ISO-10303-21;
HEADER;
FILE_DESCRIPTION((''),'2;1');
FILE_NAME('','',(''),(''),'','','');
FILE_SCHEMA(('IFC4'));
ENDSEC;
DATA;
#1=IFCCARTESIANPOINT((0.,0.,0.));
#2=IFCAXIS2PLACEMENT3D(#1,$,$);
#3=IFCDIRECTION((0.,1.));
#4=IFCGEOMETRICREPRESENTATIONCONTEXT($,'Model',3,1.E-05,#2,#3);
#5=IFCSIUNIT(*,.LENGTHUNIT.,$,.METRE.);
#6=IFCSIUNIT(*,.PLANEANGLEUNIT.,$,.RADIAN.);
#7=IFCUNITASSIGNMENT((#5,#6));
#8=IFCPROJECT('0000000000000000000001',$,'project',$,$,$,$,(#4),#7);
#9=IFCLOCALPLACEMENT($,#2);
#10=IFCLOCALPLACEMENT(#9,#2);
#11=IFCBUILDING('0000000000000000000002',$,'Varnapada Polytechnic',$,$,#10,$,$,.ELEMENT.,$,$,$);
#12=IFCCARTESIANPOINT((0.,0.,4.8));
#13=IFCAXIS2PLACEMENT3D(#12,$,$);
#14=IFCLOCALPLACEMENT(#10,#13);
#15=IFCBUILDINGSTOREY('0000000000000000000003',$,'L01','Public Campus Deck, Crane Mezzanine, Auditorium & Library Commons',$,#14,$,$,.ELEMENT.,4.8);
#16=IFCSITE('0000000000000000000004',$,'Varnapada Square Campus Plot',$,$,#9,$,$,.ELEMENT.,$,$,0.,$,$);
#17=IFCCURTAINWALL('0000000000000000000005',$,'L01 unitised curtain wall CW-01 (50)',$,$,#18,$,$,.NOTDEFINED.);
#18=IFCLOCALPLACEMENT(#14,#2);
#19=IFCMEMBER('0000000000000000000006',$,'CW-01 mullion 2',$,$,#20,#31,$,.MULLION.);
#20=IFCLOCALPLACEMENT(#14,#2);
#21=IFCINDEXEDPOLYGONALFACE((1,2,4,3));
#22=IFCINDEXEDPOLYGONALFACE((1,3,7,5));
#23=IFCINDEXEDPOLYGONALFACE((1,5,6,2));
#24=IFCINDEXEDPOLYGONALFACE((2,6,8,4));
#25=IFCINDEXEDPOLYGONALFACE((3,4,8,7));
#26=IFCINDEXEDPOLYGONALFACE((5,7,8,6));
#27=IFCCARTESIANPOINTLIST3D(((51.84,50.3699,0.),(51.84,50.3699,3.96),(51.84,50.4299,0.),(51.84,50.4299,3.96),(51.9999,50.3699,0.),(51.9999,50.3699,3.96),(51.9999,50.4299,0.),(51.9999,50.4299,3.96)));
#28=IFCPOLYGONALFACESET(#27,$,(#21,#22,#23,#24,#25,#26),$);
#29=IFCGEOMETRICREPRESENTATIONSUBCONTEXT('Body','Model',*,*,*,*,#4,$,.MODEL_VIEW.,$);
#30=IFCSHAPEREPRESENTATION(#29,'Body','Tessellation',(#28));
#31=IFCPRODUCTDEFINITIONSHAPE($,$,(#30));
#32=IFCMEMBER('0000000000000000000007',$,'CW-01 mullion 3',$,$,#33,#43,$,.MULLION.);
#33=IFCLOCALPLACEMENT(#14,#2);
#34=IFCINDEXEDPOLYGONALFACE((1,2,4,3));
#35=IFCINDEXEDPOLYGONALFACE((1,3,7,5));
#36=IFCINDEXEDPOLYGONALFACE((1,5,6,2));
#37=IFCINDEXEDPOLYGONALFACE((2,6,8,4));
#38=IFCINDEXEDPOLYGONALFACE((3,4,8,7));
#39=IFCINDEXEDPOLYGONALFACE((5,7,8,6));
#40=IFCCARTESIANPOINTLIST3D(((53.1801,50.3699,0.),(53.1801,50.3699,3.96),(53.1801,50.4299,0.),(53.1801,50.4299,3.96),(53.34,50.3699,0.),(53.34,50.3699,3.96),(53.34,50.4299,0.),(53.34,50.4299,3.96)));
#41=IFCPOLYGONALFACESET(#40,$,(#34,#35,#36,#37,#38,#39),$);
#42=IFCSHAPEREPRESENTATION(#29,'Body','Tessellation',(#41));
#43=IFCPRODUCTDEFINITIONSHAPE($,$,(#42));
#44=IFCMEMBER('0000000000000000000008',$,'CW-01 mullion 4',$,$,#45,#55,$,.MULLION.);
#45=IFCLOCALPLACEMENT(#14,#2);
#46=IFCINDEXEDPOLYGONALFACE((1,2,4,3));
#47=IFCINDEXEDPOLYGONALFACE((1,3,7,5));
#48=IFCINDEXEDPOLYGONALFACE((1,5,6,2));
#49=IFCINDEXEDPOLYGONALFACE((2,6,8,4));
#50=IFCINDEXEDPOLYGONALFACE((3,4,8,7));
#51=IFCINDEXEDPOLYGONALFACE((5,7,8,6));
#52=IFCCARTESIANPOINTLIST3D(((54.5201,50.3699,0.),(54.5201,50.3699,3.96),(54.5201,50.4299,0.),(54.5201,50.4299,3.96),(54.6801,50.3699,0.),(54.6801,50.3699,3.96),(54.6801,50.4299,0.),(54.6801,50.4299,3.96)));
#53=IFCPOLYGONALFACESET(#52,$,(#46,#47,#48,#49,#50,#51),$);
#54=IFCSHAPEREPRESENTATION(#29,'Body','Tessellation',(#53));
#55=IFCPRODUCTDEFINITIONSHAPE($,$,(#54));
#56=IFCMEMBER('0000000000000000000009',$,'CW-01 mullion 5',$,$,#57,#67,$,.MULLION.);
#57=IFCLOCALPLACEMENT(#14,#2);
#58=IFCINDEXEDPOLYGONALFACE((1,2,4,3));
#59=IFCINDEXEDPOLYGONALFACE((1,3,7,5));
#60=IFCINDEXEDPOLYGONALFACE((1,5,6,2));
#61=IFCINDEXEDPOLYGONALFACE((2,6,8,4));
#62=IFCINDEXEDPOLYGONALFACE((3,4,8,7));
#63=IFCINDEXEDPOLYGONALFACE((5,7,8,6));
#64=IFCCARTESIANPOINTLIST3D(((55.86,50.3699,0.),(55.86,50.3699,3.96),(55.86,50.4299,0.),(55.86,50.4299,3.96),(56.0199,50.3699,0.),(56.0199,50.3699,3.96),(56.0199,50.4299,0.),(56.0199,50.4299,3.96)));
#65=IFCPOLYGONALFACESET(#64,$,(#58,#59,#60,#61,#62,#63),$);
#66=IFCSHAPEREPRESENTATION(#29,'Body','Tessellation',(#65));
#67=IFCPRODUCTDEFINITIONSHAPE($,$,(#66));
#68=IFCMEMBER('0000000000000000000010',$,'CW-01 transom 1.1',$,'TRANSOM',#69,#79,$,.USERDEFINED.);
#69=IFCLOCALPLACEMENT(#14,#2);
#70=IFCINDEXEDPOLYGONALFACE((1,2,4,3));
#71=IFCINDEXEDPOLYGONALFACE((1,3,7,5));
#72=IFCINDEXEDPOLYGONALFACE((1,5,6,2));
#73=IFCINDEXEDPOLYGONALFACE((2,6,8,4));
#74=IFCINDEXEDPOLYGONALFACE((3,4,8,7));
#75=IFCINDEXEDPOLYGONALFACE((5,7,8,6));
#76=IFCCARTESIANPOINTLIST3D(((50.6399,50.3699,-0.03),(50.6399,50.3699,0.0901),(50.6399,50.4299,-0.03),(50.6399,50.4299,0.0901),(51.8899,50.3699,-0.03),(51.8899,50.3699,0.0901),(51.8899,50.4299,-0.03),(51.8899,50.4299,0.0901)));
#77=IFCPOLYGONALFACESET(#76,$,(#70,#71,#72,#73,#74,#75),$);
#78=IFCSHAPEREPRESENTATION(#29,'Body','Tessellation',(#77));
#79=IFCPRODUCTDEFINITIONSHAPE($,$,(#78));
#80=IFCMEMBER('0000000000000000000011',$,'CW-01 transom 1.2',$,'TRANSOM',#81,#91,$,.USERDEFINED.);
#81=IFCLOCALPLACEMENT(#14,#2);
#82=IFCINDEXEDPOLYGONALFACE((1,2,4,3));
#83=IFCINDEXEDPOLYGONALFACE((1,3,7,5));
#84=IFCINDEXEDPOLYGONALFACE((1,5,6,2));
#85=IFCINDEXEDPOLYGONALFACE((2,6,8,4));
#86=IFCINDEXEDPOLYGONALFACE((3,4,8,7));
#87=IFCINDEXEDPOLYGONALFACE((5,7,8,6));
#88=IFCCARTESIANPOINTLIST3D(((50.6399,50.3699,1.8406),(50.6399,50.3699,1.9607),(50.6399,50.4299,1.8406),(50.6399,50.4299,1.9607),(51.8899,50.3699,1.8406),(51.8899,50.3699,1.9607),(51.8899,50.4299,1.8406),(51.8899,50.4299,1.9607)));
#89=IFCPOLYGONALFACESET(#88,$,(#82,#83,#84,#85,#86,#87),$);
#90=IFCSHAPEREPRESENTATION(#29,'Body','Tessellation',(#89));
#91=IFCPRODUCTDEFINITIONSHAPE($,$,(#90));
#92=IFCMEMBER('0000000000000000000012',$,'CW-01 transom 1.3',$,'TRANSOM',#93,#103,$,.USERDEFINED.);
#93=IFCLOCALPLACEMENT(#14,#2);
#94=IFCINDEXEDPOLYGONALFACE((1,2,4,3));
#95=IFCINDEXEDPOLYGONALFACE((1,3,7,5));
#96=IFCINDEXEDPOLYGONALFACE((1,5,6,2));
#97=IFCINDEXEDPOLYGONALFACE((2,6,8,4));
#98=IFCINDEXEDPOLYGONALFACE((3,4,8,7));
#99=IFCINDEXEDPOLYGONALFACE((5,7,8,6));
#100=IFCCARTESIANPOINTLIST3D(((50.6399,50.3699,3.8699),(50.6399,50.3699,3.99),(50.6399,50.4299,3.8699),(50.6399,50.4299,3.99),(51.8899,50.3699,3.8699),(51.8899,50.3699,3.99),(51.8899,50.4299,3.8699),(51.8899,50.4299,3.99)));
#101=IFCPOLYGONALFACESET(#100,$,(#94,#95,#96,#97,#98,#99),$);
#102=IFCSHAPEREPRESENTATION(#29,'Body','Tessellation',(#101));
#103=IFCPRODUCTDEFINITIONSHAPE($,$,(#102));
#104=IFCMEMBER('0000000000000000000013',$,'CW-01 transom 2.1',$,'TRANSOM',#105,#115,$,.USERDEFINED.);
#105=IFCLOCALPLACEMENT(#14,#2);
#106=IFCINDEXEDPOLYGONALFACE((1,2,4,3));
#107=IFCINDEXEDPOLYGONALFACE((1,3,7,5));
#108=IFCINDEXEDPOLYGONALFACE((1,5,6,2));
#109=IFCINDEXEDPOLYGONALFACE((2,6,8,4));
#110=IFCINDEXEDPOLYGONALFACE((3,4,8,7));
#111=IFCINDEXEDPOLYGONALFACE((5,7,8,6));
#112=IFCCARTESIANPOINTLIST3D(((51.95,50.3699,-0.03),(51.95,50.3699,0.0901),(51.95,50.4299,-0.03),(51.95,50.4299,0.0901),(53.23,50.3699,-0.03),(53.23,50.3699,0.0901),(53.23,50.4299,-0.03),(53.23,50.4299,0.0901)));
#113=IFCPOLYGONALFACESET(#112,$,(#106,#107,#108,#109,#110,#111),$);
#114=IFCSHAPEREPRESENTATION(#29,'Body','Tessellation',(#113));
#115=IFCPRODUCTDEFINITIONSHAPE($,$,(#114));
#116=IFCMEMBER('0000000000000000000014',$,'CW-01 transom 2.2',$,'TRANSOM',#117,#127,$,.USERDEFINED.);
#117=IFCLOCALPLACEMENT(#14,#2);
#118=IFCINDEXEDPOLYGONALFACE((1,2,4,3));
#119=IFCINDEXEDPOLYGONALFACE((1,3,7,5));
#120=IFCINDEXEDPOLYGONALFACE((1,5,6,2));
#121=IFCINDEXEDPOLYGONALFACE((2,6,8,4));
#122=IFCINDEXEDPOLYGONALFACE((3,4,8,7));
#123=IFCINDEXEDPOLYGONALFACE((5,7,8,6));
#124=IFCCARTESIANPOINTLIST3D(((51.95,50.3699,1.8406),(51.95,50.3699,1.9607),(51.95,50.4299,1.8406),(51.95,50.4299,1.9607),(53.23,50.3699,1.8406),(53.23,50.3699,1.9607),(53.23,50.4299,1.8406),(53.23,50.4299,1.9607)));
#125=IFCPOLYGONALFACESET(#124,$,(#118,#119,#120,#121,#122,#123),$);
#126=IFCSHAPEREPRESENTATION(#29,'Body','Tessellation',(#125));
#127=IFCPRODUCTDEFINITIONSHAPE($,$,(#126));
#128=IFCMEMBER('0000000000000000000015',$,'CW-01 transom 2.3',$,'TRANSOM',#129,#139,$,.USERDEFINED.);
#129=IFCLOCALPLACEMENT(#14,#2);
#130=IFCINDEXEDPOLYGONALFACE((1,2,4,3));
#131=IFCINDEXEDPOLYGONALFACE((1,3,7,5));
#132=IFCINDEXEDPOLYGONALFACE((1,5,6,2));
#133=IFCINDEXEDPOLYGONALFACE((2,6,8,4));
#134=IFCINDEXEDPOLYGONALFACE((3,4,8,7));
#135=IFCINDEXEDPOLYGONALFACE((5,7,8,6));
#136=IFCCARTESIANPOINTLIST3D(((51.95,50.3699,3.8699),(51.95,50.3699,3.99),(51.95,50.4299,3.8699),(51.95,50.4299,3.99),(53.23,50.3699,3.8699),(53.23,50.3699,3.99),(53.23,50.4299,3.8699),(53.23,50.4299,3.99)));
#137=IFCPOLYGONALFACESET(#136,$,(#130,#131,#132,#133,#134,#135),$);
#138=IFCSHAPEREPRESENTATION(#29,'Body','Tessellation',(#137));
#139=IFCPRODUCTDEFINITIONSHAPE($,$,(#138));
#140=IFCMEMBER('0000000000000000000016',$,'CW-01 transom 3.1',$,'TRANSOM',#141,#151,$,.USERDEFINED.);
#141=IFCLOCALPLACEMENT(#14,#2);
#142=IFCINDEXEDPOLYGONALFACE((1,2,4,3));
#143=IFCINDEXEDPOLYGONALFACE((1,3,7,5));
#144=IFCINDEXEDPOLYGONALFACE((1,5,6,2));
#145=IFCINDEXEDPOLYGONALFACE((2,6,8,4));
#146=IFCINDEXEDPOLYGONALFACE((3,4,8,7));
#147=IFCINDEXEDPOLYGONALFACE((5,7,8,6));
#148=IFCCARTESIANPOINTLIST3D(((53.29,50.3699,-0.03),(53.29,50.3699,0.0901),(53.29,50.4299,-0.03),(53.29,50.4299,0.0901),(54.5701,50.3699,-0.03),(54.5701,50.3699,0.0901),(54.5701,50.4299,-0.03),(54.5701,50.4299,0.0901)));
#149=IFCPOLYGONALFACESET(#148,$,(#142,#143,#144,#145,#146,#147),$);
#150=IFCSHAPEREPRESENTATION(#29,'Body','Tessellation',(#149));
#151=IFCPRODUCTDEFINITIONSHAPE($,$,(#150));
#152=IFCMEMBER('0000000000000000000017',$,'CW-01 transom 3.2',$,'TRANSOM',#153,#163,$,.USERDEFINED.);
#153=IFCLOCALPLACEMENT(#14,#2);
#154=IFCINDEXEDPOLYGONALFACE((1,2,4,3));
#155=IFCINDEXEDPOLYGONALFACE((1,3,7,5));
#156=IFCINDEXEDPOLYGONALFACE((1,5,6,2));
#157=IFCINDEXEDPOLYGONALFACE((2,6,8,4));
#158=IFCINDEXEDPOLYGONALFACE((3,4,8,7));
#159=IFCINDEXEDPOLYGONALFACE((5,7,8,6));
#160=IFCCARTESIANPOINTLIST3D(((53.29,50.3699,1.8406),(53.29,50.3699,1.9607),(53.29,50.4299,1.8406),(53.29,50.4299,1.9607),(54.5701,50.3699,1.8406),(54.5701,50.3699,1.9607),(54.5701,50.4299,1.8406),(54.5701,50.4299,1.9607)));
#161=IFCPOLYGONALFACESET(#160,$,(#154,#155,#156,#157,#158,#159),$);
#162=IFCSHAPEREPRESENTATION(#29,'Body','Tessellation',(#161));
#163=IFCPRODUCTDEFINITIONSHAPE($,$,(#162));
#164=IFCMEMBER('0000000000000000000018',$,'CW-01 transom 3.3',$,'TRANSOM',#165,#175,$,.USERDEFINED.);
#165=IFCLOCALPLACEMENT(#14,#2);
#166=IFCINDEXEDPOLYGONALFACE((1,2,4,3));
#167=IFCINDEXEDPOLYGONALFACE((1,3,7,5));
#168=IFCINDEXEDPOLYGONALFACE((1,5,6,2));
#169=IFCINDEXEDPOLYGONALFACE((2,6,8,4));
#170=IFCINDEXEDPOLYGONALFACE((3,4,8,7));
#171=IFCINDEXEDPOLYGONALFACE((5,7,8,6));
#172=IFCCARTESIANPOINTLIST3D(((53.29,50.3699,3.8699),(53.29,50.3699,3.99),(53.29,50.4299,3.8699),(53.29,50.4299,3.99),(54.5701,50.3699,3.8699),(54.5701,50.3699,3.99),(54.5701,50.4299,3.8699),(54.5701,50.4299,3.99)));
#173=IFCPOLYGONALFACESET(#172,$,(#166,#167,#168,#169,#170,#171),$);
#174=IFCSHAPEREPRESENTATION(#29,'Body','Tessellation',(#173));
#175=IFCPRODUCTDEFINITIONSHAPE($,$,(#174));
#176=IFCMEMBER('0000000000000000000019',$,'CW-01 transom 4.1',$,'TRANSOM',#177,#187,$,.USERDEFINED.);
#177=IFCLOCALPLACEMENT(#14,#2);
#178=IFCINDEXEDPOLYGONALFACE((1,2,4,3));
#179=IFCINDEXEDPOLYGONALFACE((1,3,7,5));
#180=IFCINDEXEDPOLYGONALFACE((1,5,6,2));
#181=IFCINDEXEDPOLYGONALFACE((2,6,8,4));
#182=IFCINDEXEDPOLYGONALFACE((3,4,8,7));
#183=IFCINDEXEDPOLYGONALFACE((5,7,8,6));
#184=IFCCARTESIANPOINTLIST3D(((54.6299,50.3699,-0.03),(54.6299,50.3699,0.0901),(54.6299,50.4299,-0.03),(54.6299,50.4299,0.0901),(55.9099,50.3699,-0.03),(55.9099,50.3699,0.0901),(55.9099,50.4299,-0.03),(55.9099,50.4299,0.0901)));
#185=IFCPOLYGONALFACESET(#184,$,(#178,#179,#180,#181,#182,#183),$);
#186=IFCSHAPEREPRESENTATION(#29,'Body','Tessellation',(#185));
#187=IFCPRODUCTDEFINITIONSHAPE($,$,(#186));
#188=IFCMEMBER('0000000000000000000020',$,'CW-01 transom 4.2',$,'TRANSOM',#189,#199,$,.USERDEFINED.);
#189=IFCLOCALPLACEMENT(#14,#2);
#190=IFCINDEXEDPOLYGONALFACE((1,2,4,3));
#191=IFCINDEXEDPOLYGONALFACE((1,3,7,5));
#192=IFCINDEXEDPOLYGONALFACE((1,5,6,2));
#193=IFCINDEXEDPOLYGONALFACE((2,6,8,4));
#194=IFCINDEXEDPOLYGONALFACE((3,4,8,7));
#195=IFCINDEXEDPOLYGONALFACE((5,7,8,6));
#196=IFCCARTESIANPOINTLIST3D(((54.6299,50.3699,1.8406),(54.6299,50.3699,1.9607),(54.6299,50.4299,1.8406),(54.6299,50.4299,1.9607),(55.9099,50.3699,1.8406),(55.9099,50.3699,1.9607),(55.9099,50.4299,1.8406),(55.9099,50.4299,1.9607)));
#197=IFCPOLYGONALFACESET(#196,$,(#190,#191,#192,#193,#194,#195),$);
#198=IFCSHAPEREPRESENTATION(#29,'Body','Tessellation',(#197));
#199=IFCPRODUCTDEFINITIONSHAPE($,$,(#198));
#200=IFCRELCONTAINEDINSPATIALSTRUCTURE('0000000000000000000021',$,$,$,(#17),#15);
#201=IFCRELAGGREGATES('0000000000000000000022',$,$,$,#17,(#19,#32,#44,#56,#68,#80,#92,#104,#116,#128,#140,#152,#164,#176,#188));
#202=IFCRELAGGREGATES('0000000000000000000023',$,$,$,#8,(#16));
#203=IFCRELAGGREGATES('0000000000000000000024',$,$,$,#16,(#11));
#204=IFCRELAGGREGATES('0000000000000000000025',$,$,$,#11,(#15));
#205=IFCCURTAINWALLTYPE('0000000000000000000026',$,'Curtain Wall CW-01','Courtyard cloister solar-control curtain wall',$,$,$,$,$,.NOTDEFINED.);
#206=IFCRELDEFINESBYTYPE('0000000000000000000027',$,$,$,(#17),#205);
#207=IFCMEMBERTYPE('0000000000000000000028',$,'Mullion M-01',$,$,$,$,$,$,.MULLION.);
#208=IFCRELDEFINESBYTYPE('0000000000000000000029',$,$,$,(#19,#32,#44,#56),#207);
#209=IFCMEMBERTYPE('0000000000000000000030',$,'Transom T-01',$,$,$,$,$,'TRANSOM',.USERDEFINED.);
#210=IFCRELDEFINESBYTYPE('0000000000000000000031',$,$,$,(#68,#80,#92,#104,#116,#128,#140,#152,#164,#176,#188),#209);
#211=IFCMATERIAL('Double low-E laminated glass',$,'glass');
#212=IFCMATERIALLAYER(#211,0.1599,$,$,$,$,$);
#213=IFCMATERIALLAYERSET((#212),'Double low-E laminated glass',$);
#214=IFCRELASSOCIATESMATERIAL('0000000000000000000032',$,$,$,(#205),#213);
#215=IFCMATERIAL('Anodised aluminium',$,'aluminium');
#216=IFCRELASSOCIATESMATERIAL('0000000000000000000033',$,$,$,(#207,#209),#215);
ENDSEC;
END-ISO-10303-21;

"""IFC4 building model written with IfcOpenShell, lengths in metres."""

from ifc_helpers import new_model, si_unit, direction, frame, origin, origin_2d, place, context, subcontext, project, spatial, rectangle, extrude, material, layer, layer_set, material_profile, profile_set, type_object, element, aggregate, save


model = new_model("IFC4")

# Units and contexts
model_context = context("Model", 3, precision=1e-05, world=origin(), true_north=direction((0.0, 1.0)))
body_context = subcontext(model_context, "Body", "Model", "MODEL_VIEW")
ifc_project = project(units=[si_unit("LENGTHUNIT", "METRE"), si_unit("PLANEANGLEUNIT", "RADIAN")], contexts=[model_context])

# Site, building, storey
site_placement = place(None, origin())
site = spatial("IfcSite", under=ifc_project, at=site_placement, Name="Varnapada Square Campus Plot", CompositionType="ELEMENT", RefElevation=0.0)
building_placement = place(site_placement, origin())
building = spatial("IfcBuilding", under=site, at=building_placement, Name="Varnapada Polytechnic", CompositionType="ELEMENT")
storey_placement = place(building_placement, frame((0.0, 0.0, 4.8)))
storey = spatial("IfcBuildingStorey", under=building, at=storey_placement, Name="L01", Description="Public Campus Deck, Crane Mezzanine, Auditorium & Library Commons", CompositionType="ELEMENT", Elevation=4.8)

# Curtain wall, members
ifc_material_1 = material(Name="Double low-E laminated glass", Category="glass")
ifc_layer_1 = layer(ifc_material_1, 0.1599)
ifc_layer_set_1 = layer_set([ifc_layer_1], Name="Double low-E laminated glass")
curtain_wall_type = type_object("IfcCurtainWallType", Name="Curtain Wall CW-01", Description="Courtyard cloister solar-control curtain wall", PredefinedType="NOTDEFINED", material=ifc_layer_set_1)
curtain_wall_placement = place(storey_placement, origin())
curtain_wall = element("IfcCurtainWall", 1, at=curtain_wall_placement, inside=storey, type_object=curtain_wall_type, Name="L01 unitised curtain wall CW-01 (50)", PredefinedType="NOTDEFINED")
ifc_material_2 = material(Name="Anodised aluminium", Category="aluminium")
ifc_material_profile_1 = material_profile(ifc_material_2, rectangle(XDim=0.0601, YDim=0.1599, at=origin_2d()), Name="ALU M60x160")
ifc_profile_set_1 = profile_set([ifc_material_profile_1], Name="Anodised aluminium")
member_type_1 = type_object("IfcMemberType", Name="Mullion M-01", PredefinedType="MULLION", material=ifc_profile_set_1)
member_1_placement = place(storey_placement, frame((51.9199, 50.3999, 0.0), z_axis=(0.0, 0.0, 1.0), x_axis=(0.0, 1.0, 0.0)))
member_1 = element("IfcMember", 2, at=member_1_placement, type_object=member_type_1, Name="CW-01 mullion 2", PredefinedType="MULLION", context=body_context, shape_type="SweptSolid", body=[
    extrude(rectangle(XDim=0.0601, YDim=0.1599, at=origin_2d()), origin(), (0.0, 0.0, 1.0), 3.96),
])
member_2_placement = place(storey_placement, frame((53.26, 50.3999, 0.0), z_axis=(0.0, 0.0, 1.0), x_axis=(0.0, 1.0, 0.0)))
member_2 = element("IfcMember", 3, at=member_2_placement, type_object=member_type_1, Name="CW-01 mullion 3", PredefinedType="MULLION", context=body_context, shape_type="SweptSolid", body=[
    extrude(rectangle(XDim=0.0601, YDim=0.1599, at=origin_2d()), origin(), (0.0, 0.0, 1.0), 3.96),
])
member_3_placement = place(storey_placement, frame((54.6001, 50.3999, 0.0), z_axis=(0.0, 0.0, 1.0), x_axis=(0.0, 1.0, 0.0)))
member_3 = element("IfcMember", 4, at=member_3_placement, type_object=member_type_1, Name="CW-01 mullion 4", PredefinedType="MULLION", context=body_context, shape_type="SweptSolid", body=[
    extrude(rectangle(XDim=0.0601, YDim=0.1599, at=origin_2d()), origin(), (0.0, 0.0, 1.0), 3.96),
])
member_4_placement = place(storey_placement, frame((55.9399, 50.3999, 0.0), z_axis=(0.0, 0.0, 1.0), x_axis=(0.0, 1.0, 0.0)))
member_4 = element("IfcMember", 5, at=member_4_placement, type_object=member_type_1, Name="CW-01 mullion 5", PredefinedType="MULLION", context=body_context, shape_type="SweptSolid", body=[
    extrude(rectangle(XDim=0.0601, YDim=0.1599, at=origin_2d()), origin(), (0.0, 0.0, 1.0), 3.96),
])
ifc_material_profile_2 = material_profile(ifc_material_2, rectangle(XDim=0.0601, YDim=0.1201, at=origin_2d()), Name="ALU T60x120")
ifc_profile_set_2 = profile_set([ifc_material_profile_2], Name="Anodised aluminium")
member_type_2 = type_object("IfcMemberType", Name="Transom T-01", ElementType="TRANSOM", PredefinedType="USERDEFINED", material=ifc_profile_set_2)
member_5_placement = place(storey_placement, frame((50.6399, 50.3999, 0.03), z_axis=(1.0, 0.0, 0.0), x_axis=(0.0, 1.0, 0.0)))
member_5 = element("IfcMember", 6, at=member_5_placement, type_object=member_type_2, Name="CW-01 transom 1.1", ObjectType="TRANSOM", PredefinedType="USERDEFINED", context=body_context, shape_type="SweptSolid", body=[
    extrude(rectangle(XDim=0.0601, YDim=0.1201, at=origin_2d()), origin(), (0.0, 0.0, 1.0), 1.25),
])
member_6_placement = place(storey_placement, frame((50.6399, 50.3999, 1.9006), z_axis=(1.0, 0.0, 0.0), x_axis=(0.0, 1.0, 0.0)))
member_6 = element("IfcMember", 7, at=member_6_placement, type_object=member_type_2, Name="CW-01 transom 1.2", ObjectType="TRANSOM", PredefinedType="USERDEFINED", context=body_context, shape_type="SweptSolid", body=[
    extrude(rectangle(XDim=0.0601, YDim=0.1201, at=origin_2d()), origin(), (0.0, 0.0, 1.0), 1.25),
])
member_7_placement = place(storey_placement, frame((50.6399, 50.3999, 3.9299), z_axis=(1.0, 0.0, 0.0), x_axis=(0.0, 1.0, 0.0)))
member_7 = element("IfcMember", 8, at=member_7_placement, type_object=member_type_2, Name="CW-01 transom 1.3", ObjectType="TRANSOM", PredefinedType="USERDEFINED", context=body_context, shape_type="SweptSolid", body=[
    extrude(rectangle(XDim=0.0601, YDim=0.1201, at=origin_2d()), origin(), (0.0, 0.0, 1.0), 1.25),
])
member_8_placement = place(storey_placement, frame((51.95, 50.3999, 0.03), z_axis=(1.0, 0.0, 0.0), x_axis=(0.0, 1.0, 0.0)))
member_8 = element("IfcMember", 9, at=member_8_placement, type_object=member_type_2, Name="CW-01 transom 2.1", ObjectType="TRANSOM", PredefinedType="USERDEFINED", context=body_context, shape_type="SweptSolid", body=[
    extrude(rectangle(XDim=0.0601, YDim=0.1201, at=origin_2d()), origin(), (0.0, 0.0, 1.0), 1.28),
])
member_9_placement = place(storey_placement, frame((51.95, 50.3999, 1.9006), z_axis=(1.0, 0.0, 0.0), x_axis=(0.0, 1.0, 0.0)))
member_9 = element("IfcMember", 10, at=member_9_placement, type_object=member_type_2, Name="CW-01 transom 2.2", ObjectType="TRANSOM", PredefinedType="USERDEFINED", context=body_context, shape_type="SweptSolid", body=[
    extrude(rectangle(XDim=0.0601, YDim=0.1201, at=origin_2d()), origin(), (0.0, 0.0, 1.0), 1.28),
])
member_10_placement = place(storey_placement, frame((51.95, 50.3999, 3.9299), z_axis=(1.0, 0.0, 0.0), x_axis=(0.0, 1.0, 0.0)))
member_10 = element("IfcMember", 11, at=member_10_placement, type_object=member_type_2, Name="CW-01 transom 2.3", ObjectType="TRANSOM", PredefinedType="USERDEFINED", context=body_context, shape_type="SweptSolid", body=[
    extrude(rectangle(XDim=0.0601, YDim=0.1201, at=origin_2d()), origin(), (0.0, 0.0, 1.0), 1.28),
])
member_11_placement = place(storey_placement, frame((53.29, 50.3999, 0.03), z_axis=(1.0, 0.0, 0.0), x_axis=(0.0, 1.0, 0.0)))
member_11 = element("IfcMember", 12, at=member_11_placement, type_object=member_type_2, Name="CW-01 transom 3.1", ObjectType="TRANSOM", PredefinedType="USERDEFINED", context=body_context, shape_type="SweptSolid", body=[
    extrude(rectangle(XDim=0.0601, YDim=0.1201, at=origin_2d()), origin(), (0.0, 0.0, 1.0), 1.28),
])
member_12_placement = place(storey_placement, frame((53.29, 50.3999, 1.9006), z_axis=(1.0, 0.0, 0.0), x_axis=(0.0, 1.0, 0.0)))
member_12 = element("IfcMember", 13, at=member_12_placement, type_object=member_type_2, Name="CW-01 transom 3.2", ObjectType="TRANSOM", PredefinedType="USERDEFINED", context=body_context, shape_type="SweptSolid", body=[
    extrude(rectangle(XDim=0.0601, YDim=0.1201, at=origin_2d()), origin(), (0.0, 0.0, 1.0), 1.28),
])
member_13_placement = place(storey_placement, frame((53.29, 50.3999, 3.9299), z_axis=(1.0, 0.0, 0.0), x_axis=(0.0, 1.0, 0.0)))
member_13 = element("IfcMember", 14, at=member_13_placement, type_object=member_type_2, Name="CW-01 transom 3.3", ObjectType="TRANSOM", PredefinedType="USERDEFINED", context=body_context, shape_type="SweptSolid", body=[
    extrude(rectangle(XDim=0.0601, YDim=0.1201, at=origin_2d()), origin(), (0.0, 0.0, 1.0), 1.28),
])
member_14_placement = place(storey_placement, frame((54.6299, 50.3999, 0.03), z_axis=(1.0, 0.0, 0.0), x_axis=(0.0, 1.0, 0.0)))
member_14 = element("IfcMember", 15, at=member_14_placement, type_object=member_type_2, Name="CW-01 transom 4.1", ObjectType="TRANSOM", PredefinedType="USERDEFINED", context=body_context, shape_type="SweptSolid", body=[
    extrude(rectangle(XDim=0.0601, YDim=0.1201, at=origin_2d()), origin(), (0.0, 0.0, 1.0), 1.28),
])
member_15_placement = place(storey_placement, frame((54.6299, 50.3999, 1.9006), z_axis=(1.0, 0.0, 0.0), x_axis=(0.0, 1.0, 0.0)))
member_15 = element("IfcMember", 16, at=member_15_placement, type_object=member_type_2, Name="CW-01 transom 4.2", ObjectType="TRANSOM", PredefinedType="USERDEFINED", context=body_context, shape_type="SweptSolid", body=[
    extrude(rectangle(XDim=0.0601, YDim=0.1201, at=origin_2d()), origin(), (0.0, 0.0, 1.0), 1.28),
])
aggregate(curtain_wall, [member_1, member_2, member_3, member_4, member_5, member_6, member_7, member_8, member_9, member_10, member_11, member_12, member_13, member_14, member_15])

save(model, "model.ifc")
